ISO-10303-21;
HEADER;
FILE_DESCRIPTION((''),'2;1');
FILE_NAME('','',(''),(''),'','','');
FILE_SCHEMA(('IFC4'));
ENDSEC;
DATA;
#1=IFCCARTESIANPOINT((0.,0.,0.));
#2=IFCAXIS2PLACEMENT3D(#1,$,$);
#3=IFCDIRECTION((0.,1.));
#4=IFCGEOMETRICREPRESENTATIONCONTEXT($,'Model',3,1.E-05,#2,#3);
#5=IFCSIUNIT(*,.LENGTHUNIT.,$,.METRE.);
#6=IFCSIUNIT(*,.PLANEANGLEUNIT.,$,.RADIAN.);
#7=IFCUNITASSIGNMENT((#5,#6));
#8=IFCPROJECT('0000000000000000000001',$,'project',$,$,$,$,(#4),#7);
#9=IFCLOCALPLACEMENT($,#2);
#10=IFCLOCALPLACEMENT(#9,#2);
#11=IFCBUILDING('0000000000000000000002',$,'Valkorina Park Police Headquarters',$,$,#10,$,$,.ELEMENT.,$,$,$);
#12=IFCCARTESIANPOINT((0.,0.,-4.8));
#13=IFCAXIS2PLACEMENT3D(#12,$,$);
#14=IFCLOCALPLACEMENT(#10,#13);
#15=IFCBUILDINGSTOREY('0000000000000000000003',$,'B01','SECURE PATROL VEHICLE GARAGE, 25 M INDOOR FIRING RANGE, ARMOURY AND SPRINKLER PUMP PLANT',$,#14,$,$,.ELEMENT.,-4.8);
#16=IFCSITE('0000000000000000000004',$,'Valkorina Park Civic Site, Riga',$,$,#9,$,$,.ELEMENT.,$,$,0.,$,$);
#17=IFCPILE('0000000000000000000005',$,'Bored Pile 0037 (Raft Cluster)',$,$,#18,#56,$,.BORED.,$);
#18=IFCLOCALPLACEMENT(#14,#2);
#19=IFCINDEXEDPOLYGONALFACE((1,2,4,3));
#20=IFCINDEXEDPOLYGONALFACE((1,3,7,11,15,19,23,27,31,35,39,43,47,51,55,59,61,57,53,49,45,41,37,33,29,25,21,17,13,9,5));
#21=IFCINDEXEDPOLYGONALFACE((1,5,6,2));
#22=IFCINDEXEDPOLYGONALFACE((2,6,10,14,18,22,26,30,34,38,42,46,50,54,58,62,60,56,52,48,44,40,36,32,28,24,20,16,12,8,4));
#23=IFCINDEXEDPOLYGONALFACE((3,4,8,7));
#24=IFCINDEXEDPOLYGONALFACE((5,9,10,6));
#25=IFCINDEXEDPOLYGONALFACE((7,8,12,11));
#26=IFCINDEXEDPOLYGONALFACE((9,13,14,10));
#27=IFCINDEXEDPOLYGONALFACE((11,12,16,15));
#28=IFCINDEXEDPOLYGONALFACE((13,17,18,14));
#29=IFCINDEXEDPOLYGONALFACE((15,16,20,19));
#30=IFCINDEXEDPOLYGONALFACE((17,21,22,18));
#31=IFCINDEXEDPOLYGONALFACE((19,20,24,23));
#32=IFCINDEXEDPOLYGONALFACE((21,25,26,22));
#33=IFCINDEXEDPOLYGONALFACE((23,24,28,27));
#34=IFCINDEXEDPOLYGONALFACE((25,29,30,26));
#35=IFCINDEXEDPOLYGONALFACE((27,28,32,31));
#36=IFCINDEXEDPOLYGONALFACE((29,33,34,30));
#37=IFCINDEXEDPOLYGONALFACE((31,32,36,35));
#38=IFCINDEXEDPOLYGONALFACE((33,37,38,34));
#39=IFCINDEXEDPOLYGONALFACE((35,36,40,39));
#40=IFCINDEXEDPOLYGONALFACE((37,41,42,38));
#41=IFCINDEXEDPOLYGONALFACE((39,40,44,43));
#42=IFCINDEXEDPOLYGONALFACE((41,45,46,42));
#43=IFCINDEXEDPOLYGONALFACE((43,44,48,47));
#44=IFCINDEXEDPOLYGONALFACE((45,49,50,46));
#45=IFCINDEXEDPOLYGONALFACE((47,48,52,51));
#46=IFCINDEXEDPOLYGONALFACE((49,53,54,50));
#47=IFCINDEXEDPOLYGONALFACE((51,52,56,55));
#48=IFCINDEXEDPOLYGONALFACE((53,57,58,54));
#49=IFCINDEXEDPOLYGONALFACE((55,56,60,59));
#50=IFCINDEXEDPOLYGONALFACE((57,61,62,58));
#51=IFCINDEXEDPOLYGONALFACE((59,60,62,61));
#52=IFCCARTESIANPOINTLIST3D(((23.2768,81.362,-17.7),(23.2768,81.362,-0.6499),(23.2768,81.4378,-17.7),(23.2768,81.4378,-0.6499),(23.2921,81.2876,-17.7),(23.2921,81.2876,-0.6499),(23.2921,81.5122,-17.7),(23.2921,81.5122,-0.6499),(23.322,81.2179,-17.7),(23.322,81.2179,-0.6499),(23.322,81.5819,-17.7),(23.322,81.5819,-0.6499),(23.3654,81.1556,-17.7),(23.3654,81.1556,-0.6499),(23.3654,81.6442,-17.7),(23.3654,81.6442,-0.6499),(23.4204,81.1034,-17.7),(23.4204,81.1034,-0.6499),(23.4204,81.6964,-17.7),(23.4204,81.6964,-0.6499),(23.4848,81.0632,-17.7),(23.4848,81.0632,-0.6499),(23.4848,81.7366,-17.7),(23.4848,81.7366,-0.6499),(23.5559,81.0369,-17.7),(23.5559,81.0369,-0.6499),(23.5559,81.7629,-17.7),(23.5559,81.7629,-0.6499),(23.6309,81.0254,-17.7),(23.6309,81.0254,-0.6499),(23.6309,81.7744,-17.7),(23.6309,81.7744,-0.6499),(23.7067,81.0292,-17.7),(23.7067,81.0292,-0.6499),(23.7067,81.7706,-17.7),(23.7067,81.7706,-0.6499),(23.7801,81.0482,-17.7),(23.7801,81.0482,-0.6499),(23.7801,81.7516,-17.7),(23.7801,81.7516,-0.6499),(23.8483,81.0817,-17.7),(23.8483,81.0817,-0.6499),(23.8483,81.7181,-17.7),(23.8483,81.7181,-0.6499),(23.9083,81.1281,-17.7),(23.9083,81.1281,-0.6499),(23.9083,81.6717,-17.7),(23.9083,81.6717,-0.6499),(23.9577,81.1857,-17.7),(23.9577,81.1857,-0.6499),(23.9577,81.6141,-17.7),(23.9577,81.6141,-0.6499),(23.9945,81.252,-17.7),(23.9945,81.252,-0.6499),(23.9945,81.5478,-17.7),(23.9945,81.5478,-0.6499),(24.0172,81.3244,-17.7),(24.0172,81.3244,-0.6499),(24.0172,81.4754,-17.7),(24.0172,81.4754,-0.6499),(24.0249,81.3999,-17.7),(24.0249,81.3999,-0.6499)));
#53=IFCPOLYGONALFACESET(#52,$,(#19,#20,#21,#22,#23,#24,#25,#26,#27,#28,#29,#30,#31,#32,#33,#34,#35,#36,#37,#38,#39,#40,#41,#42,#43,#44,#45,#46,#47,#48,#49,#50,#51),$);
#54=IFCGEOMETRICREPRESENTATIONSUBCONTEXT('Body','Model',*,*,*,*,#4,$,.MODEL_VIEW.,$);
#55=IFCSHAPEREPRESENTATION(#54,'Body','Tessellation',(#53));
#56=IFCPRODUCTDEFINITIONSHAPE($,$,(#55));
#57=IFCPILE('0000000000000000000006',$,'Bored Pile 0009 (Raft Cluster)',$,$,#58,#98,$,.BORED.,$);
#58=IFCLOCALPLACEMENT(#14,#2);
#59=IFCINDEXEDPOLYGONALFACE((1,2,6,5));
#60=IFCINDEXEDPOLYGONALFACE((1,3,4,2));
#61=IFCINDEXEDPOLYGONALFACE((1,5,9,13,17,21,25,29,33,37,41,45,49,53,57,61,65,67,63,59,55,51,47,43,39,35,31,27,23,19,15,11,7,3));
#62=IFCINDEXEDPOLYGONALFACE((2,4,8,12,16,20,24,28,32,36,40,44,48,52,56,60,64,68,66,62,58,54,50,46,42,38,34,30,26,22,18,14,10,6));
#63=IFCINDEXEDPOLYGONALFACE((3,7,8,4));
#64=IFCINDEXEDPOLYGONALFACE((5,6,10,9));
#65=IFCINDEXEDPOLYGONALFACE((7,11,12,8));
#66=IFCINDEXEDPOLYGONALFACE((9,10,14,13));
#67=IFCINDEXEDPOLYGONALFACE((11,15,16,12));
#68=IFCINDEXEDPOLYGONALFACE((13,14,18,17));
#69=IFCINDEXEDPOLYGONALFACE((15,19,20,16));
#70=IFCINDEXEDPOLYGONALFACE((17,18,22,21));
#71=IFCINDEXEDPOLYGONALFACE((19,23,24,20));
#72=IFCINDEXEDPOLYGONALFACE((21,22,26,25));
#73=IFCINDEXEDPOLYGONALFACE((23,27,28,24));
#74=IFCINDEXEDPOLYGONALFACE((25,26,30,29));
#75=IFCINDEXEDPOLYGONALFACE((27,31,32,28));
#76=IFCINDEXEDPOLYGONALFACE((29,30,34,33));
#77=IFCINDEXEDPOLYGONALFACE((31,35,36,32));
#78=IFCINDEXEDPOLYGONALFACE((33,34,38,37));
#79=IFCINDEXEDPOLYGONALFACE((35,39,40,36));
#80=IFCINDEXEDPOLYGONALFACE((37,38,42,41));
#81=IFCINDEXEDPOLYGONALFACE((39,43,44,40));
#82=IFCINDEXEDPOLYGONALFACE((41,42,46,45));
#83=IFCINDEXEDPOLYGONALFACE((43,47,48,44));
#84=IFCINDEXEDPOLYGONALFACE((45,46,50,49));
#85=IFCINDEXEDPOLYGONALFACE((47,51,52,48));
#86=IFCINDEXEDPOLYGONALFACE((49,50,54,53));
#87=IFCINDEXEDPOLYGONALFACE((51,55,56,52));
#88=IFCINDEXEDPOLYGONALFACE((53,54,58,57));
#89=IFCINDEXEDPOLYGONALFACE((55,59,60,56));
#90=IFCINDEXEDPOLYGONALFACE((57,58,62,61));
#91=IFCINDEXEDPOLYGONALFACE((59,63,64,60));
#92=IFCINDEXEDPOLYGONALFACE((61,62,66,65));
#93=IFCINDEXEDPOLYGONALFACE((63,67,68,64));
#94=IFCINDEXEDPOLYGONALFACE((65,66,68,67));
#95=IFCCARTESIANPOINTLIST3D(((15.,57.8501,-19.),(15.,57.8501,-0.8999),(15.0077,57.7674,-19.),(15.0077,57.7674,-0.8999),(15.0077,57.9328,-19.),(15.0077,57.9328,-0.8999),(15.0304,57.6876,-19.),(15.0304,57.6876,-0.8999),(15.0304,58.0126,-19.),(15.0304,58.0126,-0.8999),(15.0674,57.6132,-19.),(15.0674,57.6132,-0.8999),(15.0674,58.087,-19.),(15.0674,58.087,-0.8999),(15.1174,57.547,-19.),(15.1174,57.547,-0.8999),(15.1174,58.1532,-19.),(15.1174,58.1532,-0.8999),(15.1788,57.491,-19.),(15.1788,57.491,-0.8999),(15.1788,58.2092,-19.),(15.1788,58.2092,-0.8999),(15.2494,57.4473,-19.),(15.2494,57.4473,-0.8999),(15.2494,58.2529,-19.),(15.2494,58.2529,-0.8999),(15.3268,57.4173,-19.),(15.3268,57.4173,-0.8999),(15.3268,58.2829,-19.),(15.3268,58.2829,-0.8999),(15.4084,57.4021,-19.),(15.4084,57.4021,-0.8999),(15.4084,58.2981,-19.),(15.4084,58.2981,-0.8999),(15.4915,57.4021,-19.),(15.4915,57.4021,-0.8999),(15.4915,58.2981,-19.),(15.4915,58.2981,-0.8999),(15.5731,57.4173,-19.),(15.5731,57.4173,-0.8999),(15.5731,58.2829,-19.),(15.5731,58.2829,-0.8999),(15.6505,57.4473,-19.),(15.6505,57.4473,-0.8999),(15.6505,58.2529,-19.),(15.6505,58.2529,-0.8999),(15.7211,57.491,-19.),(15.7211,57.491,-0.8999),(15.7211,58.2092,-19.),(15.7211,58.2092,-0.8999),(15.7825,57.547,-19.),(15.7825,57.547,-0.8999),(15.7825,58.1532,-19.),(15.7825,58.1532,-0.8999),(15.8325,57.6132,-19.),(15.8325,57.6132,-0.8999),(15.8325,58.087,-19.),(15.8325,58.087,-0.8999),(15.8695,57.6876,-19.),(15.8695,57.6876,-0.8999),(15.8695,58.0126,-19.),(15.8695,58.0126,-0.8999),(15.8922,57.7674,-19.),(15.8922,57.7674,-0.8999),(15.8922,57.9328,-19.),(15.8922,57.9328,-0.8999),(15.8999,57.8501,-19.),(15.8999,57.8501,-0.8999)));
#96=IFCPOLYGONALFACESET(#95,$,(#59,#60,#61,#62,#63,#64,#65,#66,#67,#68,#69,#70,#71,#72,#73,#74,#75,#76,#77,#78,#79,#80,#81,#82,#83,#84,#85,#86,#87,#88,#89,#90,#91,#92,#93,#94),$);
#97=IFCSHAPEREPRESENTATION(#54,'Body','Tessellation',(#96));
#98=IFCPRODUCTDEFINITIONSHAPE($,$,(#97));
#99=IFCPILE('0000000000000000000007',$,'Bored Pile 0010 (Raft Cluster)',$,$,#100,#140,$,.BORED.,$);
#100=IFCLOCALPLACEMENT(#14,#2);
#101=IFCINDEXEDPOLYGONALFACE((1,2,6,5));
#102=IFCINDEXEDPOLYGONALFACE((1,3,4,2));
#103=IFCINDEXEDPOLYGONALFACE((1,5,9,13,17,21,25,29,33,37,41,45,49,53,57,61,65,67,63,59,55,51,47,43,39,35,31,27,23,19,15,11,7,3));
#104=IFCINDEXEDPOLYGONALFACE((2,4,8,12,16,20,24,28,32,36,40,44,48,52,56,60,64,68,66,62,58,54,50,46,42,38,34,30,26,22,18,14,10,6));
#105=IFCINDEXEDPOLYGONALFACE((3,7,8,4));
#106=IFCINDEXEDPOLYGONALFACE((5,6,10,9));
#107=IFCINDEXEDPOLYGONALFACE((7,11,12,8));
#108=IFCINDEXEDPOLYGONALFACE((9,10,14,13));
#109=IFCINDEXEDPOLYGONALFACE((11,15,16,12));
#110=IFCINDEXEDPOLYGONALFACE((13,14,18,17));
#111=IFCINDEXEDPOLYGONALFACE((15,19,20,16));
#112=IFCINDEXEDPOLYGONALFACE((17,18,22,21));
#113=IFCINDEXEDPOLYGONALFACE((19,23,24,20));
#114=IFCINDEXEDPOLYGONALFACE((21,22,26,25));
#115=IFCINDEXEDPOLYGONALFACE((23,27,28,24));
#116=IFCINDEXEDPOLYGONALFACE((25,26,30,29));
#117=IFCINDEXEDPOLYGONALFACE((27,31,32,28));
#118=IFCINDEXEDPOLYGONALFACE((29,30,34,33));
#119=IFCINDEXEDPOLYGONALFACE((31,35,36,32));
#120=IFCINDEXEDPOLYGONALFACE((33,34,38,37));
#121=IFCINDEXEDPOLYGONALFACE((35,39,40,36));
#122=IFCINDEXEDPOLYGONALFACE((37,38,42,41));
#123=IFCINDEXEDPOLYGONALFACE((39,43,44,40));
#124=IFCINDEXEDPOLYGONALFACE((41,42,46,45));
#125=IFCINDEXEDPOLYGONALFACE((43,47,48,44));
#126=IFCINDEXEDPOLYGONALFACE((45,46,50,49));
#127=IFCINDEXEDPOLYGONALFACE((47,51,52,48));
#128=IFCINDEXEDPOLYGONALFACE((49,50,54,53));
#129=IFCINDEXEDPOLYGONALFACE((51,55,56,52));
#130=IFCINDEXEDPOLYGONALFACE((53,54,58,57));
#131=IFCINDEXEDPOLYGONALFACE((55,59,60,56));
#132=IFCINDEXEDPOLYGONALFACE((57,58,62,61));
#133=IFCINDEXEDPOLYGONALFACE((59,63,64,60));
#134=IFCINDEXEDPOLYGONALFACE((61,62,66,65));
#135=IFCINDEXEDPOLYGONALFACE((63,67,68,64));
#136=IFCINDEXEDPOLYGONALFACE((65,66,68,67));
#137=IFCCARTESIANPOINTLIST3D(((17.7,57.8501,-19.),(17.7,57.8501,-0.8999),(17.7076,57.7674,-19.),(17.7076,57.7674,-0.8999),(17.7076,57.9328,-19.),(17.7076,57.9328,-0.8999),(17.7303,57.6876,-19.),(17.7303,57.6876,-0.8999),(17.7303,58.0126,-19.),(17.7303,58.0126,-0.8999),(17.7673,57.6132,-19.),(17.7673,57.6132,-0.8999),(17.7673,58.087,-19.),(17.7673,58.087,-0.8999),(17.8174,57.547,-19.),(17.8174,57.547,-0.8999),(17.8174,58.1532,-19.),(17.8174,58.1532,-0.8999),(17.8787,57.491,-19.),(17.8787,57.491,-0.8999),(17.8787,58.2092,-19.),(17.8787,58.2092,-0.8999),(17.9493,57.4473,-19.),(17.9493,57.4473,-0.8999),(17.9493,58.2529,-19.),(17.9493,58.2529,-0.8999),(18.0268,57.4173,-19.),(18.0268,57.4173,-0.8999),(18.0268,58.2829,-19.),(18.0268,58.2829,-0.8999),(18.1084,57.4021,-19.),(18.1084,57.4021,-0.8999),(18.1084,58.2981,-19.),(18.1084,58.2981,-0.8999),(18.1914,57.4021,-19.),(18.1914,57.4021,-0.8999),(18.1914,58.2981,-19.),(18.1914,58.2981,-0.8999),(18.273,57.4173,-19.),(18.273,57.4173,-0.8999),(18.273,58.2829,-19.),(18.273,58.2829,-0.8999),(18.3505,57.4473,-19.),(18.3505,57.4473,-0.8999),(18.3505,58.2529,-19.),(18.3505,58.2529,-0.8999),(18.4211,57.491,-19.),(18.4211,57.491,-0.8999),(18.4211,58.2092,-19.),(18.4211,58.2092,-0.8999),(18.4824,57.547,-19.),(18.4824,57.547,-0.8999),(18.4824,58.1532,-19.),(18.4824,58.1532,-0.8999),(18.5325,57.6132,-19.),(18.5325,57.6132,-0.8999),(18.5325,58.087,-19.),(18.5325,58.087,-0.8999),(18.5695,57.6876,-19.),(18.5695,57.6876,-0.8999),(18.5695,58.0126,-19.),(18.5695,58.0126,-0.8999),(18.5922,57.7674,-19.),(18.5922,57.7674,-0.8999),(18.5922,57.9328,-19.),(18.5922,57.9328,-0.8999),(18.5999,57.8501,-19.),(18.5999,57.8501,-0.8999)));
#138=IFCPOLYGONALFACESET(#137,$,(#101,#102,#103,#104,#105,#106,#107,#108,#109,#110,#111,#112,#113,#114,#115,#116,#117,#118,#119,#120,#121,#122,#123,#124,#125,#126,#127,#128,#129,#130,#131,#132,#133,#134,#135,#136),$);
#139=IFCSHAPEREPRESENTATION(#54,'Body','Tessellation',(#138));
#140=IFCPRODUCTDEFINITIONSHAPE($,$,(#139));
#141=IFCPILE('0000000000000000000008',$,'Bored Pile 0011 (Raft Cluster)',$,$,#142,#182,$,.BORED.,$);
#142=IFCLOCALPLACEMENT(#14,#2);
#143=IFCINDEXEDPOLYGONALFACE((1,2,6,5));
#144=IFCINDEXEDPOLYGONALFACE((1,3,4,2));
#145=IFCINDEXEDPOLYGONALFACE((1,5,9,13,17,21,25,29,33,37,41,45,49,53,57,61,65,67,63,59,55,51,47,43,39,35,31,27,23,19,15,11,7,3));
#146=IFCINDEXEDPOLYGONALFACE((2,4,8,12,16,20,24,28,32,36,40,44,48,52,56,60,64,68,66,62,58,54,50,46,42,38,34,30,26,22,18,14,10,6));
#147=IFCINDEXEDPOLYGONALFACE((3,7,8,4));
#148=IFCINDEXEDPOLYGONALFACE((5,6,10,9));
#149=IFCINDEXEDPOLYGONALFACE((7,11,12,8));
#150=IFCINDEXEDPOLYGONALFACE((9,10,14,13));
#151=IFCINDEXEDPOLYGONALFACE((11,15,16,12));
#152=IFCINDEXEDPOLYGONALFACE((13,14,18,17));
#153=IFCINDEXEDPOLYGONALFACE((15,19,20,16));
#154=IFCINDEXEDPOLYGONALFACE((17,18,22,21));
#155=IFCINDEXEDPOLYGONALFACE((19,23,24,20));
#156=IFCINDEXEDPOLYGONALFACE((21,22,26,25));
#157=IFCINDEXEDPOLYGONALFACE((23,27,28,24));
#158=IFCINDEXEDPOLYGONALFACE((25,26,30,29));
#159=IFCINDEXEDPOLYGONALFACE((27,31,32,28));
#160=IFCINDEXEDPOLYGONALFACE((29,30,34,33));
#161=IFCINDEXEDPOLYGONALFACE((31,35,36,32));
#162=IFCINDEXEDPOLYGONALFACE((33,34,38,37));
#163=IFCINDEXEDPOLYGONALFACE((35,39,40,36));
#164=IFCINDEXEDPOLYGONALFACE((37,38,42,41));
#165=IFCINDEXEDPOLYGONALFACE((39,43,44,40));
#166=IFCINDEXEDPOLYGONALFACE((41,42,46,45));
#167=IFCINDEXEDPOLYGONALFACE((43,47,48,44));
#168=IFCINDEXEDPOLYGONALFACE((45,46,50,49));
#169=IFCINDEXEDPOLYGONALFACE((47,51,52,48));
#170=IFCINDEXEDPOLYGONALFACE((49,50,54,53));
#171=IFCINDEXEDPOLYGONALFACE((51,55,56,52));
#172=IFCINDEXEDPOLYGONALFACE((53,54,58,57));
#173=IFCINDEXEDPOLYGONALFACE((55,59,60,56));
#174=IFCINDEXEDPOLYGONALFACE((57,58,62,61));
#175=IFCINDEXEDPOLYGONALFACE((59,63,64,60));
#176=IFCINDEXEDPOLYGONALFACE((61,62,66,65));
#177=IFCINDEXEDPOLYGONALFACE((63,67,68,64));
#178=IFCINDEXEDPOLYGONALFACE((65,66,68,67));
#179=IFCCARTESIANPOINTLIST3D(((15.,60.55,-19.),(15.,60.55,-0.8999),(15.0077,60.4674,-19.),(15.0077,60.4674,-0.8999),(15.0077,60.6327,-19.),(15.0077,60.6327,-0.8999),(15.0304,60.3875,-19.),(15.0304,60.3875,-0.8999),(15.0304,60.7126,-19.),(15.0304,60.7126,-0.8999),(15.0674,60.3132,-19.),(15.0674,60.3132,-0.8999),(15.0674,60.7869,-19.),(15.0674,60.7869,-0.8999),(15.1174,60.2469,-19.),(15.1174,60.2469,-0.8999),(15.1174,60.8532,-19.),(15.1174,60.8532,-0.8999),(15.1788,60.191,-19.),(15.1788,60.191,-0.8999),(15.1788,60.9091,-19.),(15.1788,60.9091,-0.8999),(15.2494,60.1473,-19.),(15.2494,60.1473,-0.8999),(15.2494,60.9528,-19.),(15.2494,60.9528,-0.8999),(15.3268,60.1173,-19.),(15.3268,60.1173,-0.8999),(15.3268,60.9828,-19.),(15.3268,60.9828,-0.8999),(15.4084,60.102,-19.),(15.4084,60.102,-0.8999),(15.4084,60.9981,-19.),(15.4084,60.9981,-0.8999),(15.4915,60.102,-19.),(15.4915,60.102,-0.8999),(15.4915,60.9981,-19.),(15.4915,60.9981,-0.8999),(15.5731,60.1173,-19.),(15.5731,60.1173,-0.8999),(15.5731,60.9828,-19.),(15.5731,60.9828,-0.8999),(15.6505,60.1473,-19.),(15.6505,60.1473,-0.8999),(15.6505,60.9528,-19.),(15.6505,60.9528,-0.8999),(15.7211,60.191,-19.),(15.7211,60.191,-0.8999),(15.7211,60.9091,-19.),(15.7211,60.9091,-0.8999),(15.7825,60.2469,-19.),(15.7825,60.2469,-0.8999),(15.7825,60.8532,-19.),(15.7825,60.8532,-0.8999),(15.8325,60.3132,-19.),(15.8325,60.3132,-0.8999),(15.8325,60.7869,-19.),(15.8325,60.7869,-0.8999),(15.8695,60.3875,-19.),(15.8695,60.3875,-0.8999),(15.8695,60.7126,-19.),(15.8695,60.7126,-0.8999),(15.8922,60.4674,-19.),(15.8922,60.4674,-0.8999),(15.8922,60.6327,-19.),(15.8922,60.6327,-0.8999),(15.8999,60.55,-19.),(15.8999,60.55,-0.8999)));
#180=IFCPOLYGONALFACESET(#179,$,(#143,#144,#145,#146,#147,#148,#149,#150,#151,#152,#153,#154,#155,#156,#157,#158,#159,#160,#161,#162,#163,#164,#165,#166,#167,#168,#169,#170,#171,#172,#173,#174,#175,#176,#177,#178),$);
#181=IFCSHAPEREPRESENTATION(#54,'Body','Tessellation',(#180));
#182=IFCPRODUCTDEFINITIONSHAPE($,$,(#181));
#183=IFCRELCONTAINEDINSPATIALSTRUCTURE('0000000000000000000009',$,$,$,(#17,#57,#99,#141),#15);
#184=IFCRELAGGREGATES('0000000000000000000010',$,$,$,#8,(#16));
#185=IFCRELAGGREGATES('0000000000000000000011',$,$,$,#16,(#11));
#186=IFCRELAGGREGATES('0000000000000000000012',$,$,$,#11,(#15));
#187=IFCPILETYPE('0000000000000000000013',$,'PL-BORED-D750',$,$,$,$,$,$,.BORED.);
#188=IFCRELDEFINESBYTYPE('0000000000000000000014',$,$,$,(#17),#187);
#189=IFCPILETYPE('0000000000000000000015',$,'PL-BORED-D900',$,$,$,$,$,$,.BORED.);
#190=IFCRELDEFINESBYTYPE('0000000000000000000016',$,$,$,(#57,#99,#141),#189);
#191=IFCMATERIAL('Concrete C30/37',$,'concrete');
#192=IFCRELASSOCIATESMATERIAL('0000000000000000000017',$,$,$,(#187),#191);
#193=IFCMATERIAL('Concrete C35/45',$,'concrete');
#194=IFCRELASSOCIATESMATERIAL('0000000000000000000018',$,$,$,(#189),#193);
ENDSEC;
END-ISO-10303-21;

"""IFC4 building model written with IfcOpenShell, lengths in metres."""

from ifc_helpers import new_model, si_unit, direction, frame, origin, origin_2d, place, context, subcontext, project, spatial, circle, extrude, material, material_profile, profile_set, type_object, element, save


model = new_model("IFC4")

# Units and contexts
model_context = context("Model", 3, precision=1e-05, world=origin(), true_north=direction((0.0, 1.0)))
body_context = subcontext(model_context, "Body", "Model", "MODEL_VIEW")
ifc_project = project(units=[si_unit("LENGTHUNIT", "METRE"), si_unit("PLANEANGLEUNIT", "RADIAN")], contexts=[model_context])

# Site, building, storey
site_placement = place(None, origin())
site = spatial("IfcSite", under=ifc_project, at=site_placement, Name="Valkorina Park Civic Site, Riga", CompositionType="ELEMENT", RefElevation=0.0)
building_placement = place(site_placement, origin())
building = spatial("IfcBuilding", under=site, at=building_placement, Name="Valkorina Park Police Headquarters", CompositionType="ELEMENT")
storey_placement = place(building_placement, frame((0.0, 0.0, -4.8)))
storey = spatial("IfcBuildingStorey", under=building, at=storey_placement, Name="B01", Description="SECURE PATROL VEHICLE GARAGE, 25 M INDOOR FIRING RANGE, ARMOURY AND SPRINKLER PUMP PLANT", CompositionType="ELEMENT", Elevation=-4.8)

# Piles
ifc_material_1 = material(Name="Concrete C30/37", Category="concrete")
ifc_material_profile_1 = material_profile(ifc_material_1, circle(Radius=0.375, at=origin_2d()), Name="BORED PILE D750")
ifc_profile_set_1 = profile_set([ifc_material_profile_1], Name="Concrete C30/37")
pile_type_1 = type_object("IfcPileType", Name="PL-BORED-D750", PredefinedType="BORED", material=ifc_profile_set_1)
for number, where, z_axis, x_axis, name in (
    (1, (23.6499, 81.3999, -0.6499), (0.0, 0.0, -1.0), (1.0, 0.0, 0.0), "Bored Pile 0037 (Raft Cluster)"),
):
    element("IfcPile", number, at=place(storey_placement, frame(where, z_axis=z_axis, x_axis=x_axis)), inside=storey, type_object=pile_type_1, Name=name, PredefinedType="BORED", context=body_context, shape_type="SweptSolid", body=[
        extrude(circle(Radius=0.375, at=origin_2d()), origin(), (0.0, 0.0, 1.0), 17.05),
    ])
ifc_material_2 = material(Name="Concrete C35/45", Category="concrete")
ifc_material_profile_2 = material_profile(ifc_material_2, circle(Radius=0.45, at=origin_2d()), Name="BORED PILE D900")
ifc_profile_set_2 = profile_set([ifc_material_profile_2], Name="Concrete C35/45")
pile_type_2 = type_object("IfcPileType", Name="PL-BORED-D900", PredefinedType="BORED", material=ifc_profile_set_2)
for number, where, z_axis, x_axis, name in (
    (2, (15.45, 57.8501, -0.8999), (0.0, 0.0, -1.0), (1.0, 0.0, 0.0), "Bored Pile 0009 (Raft Cluster)"),
    (3, (18.1499, 57.8501, -0.8999), (0.0, 0.0, -1.0), (1.0, 0.0, 0.0), "Bored Pile 0010 (Raft Cluster)"),
    (4, (15.45, 60.55, -0.8999), (0.0, 0.0, -1.0), (1.0, 0.0, 0.0), "Bored Pile 0011 (Raft Cluster)"),
):
    element("IfcPile", number, at=place(storey_placement, frame(where, z_axis=z_axis, x_axis=x_axis)), inside=storey, type_object=pile_type_2, Name=name, PredefinedType="BORED", context=body_context, shape_type="SweptSolid", body=[
        extrude(circle(Radius=0.45, at=origin_2d()), origin(), (0.0, 0.0, 1.0), 18.1001),
    ])

save(model, "model.ifc")
